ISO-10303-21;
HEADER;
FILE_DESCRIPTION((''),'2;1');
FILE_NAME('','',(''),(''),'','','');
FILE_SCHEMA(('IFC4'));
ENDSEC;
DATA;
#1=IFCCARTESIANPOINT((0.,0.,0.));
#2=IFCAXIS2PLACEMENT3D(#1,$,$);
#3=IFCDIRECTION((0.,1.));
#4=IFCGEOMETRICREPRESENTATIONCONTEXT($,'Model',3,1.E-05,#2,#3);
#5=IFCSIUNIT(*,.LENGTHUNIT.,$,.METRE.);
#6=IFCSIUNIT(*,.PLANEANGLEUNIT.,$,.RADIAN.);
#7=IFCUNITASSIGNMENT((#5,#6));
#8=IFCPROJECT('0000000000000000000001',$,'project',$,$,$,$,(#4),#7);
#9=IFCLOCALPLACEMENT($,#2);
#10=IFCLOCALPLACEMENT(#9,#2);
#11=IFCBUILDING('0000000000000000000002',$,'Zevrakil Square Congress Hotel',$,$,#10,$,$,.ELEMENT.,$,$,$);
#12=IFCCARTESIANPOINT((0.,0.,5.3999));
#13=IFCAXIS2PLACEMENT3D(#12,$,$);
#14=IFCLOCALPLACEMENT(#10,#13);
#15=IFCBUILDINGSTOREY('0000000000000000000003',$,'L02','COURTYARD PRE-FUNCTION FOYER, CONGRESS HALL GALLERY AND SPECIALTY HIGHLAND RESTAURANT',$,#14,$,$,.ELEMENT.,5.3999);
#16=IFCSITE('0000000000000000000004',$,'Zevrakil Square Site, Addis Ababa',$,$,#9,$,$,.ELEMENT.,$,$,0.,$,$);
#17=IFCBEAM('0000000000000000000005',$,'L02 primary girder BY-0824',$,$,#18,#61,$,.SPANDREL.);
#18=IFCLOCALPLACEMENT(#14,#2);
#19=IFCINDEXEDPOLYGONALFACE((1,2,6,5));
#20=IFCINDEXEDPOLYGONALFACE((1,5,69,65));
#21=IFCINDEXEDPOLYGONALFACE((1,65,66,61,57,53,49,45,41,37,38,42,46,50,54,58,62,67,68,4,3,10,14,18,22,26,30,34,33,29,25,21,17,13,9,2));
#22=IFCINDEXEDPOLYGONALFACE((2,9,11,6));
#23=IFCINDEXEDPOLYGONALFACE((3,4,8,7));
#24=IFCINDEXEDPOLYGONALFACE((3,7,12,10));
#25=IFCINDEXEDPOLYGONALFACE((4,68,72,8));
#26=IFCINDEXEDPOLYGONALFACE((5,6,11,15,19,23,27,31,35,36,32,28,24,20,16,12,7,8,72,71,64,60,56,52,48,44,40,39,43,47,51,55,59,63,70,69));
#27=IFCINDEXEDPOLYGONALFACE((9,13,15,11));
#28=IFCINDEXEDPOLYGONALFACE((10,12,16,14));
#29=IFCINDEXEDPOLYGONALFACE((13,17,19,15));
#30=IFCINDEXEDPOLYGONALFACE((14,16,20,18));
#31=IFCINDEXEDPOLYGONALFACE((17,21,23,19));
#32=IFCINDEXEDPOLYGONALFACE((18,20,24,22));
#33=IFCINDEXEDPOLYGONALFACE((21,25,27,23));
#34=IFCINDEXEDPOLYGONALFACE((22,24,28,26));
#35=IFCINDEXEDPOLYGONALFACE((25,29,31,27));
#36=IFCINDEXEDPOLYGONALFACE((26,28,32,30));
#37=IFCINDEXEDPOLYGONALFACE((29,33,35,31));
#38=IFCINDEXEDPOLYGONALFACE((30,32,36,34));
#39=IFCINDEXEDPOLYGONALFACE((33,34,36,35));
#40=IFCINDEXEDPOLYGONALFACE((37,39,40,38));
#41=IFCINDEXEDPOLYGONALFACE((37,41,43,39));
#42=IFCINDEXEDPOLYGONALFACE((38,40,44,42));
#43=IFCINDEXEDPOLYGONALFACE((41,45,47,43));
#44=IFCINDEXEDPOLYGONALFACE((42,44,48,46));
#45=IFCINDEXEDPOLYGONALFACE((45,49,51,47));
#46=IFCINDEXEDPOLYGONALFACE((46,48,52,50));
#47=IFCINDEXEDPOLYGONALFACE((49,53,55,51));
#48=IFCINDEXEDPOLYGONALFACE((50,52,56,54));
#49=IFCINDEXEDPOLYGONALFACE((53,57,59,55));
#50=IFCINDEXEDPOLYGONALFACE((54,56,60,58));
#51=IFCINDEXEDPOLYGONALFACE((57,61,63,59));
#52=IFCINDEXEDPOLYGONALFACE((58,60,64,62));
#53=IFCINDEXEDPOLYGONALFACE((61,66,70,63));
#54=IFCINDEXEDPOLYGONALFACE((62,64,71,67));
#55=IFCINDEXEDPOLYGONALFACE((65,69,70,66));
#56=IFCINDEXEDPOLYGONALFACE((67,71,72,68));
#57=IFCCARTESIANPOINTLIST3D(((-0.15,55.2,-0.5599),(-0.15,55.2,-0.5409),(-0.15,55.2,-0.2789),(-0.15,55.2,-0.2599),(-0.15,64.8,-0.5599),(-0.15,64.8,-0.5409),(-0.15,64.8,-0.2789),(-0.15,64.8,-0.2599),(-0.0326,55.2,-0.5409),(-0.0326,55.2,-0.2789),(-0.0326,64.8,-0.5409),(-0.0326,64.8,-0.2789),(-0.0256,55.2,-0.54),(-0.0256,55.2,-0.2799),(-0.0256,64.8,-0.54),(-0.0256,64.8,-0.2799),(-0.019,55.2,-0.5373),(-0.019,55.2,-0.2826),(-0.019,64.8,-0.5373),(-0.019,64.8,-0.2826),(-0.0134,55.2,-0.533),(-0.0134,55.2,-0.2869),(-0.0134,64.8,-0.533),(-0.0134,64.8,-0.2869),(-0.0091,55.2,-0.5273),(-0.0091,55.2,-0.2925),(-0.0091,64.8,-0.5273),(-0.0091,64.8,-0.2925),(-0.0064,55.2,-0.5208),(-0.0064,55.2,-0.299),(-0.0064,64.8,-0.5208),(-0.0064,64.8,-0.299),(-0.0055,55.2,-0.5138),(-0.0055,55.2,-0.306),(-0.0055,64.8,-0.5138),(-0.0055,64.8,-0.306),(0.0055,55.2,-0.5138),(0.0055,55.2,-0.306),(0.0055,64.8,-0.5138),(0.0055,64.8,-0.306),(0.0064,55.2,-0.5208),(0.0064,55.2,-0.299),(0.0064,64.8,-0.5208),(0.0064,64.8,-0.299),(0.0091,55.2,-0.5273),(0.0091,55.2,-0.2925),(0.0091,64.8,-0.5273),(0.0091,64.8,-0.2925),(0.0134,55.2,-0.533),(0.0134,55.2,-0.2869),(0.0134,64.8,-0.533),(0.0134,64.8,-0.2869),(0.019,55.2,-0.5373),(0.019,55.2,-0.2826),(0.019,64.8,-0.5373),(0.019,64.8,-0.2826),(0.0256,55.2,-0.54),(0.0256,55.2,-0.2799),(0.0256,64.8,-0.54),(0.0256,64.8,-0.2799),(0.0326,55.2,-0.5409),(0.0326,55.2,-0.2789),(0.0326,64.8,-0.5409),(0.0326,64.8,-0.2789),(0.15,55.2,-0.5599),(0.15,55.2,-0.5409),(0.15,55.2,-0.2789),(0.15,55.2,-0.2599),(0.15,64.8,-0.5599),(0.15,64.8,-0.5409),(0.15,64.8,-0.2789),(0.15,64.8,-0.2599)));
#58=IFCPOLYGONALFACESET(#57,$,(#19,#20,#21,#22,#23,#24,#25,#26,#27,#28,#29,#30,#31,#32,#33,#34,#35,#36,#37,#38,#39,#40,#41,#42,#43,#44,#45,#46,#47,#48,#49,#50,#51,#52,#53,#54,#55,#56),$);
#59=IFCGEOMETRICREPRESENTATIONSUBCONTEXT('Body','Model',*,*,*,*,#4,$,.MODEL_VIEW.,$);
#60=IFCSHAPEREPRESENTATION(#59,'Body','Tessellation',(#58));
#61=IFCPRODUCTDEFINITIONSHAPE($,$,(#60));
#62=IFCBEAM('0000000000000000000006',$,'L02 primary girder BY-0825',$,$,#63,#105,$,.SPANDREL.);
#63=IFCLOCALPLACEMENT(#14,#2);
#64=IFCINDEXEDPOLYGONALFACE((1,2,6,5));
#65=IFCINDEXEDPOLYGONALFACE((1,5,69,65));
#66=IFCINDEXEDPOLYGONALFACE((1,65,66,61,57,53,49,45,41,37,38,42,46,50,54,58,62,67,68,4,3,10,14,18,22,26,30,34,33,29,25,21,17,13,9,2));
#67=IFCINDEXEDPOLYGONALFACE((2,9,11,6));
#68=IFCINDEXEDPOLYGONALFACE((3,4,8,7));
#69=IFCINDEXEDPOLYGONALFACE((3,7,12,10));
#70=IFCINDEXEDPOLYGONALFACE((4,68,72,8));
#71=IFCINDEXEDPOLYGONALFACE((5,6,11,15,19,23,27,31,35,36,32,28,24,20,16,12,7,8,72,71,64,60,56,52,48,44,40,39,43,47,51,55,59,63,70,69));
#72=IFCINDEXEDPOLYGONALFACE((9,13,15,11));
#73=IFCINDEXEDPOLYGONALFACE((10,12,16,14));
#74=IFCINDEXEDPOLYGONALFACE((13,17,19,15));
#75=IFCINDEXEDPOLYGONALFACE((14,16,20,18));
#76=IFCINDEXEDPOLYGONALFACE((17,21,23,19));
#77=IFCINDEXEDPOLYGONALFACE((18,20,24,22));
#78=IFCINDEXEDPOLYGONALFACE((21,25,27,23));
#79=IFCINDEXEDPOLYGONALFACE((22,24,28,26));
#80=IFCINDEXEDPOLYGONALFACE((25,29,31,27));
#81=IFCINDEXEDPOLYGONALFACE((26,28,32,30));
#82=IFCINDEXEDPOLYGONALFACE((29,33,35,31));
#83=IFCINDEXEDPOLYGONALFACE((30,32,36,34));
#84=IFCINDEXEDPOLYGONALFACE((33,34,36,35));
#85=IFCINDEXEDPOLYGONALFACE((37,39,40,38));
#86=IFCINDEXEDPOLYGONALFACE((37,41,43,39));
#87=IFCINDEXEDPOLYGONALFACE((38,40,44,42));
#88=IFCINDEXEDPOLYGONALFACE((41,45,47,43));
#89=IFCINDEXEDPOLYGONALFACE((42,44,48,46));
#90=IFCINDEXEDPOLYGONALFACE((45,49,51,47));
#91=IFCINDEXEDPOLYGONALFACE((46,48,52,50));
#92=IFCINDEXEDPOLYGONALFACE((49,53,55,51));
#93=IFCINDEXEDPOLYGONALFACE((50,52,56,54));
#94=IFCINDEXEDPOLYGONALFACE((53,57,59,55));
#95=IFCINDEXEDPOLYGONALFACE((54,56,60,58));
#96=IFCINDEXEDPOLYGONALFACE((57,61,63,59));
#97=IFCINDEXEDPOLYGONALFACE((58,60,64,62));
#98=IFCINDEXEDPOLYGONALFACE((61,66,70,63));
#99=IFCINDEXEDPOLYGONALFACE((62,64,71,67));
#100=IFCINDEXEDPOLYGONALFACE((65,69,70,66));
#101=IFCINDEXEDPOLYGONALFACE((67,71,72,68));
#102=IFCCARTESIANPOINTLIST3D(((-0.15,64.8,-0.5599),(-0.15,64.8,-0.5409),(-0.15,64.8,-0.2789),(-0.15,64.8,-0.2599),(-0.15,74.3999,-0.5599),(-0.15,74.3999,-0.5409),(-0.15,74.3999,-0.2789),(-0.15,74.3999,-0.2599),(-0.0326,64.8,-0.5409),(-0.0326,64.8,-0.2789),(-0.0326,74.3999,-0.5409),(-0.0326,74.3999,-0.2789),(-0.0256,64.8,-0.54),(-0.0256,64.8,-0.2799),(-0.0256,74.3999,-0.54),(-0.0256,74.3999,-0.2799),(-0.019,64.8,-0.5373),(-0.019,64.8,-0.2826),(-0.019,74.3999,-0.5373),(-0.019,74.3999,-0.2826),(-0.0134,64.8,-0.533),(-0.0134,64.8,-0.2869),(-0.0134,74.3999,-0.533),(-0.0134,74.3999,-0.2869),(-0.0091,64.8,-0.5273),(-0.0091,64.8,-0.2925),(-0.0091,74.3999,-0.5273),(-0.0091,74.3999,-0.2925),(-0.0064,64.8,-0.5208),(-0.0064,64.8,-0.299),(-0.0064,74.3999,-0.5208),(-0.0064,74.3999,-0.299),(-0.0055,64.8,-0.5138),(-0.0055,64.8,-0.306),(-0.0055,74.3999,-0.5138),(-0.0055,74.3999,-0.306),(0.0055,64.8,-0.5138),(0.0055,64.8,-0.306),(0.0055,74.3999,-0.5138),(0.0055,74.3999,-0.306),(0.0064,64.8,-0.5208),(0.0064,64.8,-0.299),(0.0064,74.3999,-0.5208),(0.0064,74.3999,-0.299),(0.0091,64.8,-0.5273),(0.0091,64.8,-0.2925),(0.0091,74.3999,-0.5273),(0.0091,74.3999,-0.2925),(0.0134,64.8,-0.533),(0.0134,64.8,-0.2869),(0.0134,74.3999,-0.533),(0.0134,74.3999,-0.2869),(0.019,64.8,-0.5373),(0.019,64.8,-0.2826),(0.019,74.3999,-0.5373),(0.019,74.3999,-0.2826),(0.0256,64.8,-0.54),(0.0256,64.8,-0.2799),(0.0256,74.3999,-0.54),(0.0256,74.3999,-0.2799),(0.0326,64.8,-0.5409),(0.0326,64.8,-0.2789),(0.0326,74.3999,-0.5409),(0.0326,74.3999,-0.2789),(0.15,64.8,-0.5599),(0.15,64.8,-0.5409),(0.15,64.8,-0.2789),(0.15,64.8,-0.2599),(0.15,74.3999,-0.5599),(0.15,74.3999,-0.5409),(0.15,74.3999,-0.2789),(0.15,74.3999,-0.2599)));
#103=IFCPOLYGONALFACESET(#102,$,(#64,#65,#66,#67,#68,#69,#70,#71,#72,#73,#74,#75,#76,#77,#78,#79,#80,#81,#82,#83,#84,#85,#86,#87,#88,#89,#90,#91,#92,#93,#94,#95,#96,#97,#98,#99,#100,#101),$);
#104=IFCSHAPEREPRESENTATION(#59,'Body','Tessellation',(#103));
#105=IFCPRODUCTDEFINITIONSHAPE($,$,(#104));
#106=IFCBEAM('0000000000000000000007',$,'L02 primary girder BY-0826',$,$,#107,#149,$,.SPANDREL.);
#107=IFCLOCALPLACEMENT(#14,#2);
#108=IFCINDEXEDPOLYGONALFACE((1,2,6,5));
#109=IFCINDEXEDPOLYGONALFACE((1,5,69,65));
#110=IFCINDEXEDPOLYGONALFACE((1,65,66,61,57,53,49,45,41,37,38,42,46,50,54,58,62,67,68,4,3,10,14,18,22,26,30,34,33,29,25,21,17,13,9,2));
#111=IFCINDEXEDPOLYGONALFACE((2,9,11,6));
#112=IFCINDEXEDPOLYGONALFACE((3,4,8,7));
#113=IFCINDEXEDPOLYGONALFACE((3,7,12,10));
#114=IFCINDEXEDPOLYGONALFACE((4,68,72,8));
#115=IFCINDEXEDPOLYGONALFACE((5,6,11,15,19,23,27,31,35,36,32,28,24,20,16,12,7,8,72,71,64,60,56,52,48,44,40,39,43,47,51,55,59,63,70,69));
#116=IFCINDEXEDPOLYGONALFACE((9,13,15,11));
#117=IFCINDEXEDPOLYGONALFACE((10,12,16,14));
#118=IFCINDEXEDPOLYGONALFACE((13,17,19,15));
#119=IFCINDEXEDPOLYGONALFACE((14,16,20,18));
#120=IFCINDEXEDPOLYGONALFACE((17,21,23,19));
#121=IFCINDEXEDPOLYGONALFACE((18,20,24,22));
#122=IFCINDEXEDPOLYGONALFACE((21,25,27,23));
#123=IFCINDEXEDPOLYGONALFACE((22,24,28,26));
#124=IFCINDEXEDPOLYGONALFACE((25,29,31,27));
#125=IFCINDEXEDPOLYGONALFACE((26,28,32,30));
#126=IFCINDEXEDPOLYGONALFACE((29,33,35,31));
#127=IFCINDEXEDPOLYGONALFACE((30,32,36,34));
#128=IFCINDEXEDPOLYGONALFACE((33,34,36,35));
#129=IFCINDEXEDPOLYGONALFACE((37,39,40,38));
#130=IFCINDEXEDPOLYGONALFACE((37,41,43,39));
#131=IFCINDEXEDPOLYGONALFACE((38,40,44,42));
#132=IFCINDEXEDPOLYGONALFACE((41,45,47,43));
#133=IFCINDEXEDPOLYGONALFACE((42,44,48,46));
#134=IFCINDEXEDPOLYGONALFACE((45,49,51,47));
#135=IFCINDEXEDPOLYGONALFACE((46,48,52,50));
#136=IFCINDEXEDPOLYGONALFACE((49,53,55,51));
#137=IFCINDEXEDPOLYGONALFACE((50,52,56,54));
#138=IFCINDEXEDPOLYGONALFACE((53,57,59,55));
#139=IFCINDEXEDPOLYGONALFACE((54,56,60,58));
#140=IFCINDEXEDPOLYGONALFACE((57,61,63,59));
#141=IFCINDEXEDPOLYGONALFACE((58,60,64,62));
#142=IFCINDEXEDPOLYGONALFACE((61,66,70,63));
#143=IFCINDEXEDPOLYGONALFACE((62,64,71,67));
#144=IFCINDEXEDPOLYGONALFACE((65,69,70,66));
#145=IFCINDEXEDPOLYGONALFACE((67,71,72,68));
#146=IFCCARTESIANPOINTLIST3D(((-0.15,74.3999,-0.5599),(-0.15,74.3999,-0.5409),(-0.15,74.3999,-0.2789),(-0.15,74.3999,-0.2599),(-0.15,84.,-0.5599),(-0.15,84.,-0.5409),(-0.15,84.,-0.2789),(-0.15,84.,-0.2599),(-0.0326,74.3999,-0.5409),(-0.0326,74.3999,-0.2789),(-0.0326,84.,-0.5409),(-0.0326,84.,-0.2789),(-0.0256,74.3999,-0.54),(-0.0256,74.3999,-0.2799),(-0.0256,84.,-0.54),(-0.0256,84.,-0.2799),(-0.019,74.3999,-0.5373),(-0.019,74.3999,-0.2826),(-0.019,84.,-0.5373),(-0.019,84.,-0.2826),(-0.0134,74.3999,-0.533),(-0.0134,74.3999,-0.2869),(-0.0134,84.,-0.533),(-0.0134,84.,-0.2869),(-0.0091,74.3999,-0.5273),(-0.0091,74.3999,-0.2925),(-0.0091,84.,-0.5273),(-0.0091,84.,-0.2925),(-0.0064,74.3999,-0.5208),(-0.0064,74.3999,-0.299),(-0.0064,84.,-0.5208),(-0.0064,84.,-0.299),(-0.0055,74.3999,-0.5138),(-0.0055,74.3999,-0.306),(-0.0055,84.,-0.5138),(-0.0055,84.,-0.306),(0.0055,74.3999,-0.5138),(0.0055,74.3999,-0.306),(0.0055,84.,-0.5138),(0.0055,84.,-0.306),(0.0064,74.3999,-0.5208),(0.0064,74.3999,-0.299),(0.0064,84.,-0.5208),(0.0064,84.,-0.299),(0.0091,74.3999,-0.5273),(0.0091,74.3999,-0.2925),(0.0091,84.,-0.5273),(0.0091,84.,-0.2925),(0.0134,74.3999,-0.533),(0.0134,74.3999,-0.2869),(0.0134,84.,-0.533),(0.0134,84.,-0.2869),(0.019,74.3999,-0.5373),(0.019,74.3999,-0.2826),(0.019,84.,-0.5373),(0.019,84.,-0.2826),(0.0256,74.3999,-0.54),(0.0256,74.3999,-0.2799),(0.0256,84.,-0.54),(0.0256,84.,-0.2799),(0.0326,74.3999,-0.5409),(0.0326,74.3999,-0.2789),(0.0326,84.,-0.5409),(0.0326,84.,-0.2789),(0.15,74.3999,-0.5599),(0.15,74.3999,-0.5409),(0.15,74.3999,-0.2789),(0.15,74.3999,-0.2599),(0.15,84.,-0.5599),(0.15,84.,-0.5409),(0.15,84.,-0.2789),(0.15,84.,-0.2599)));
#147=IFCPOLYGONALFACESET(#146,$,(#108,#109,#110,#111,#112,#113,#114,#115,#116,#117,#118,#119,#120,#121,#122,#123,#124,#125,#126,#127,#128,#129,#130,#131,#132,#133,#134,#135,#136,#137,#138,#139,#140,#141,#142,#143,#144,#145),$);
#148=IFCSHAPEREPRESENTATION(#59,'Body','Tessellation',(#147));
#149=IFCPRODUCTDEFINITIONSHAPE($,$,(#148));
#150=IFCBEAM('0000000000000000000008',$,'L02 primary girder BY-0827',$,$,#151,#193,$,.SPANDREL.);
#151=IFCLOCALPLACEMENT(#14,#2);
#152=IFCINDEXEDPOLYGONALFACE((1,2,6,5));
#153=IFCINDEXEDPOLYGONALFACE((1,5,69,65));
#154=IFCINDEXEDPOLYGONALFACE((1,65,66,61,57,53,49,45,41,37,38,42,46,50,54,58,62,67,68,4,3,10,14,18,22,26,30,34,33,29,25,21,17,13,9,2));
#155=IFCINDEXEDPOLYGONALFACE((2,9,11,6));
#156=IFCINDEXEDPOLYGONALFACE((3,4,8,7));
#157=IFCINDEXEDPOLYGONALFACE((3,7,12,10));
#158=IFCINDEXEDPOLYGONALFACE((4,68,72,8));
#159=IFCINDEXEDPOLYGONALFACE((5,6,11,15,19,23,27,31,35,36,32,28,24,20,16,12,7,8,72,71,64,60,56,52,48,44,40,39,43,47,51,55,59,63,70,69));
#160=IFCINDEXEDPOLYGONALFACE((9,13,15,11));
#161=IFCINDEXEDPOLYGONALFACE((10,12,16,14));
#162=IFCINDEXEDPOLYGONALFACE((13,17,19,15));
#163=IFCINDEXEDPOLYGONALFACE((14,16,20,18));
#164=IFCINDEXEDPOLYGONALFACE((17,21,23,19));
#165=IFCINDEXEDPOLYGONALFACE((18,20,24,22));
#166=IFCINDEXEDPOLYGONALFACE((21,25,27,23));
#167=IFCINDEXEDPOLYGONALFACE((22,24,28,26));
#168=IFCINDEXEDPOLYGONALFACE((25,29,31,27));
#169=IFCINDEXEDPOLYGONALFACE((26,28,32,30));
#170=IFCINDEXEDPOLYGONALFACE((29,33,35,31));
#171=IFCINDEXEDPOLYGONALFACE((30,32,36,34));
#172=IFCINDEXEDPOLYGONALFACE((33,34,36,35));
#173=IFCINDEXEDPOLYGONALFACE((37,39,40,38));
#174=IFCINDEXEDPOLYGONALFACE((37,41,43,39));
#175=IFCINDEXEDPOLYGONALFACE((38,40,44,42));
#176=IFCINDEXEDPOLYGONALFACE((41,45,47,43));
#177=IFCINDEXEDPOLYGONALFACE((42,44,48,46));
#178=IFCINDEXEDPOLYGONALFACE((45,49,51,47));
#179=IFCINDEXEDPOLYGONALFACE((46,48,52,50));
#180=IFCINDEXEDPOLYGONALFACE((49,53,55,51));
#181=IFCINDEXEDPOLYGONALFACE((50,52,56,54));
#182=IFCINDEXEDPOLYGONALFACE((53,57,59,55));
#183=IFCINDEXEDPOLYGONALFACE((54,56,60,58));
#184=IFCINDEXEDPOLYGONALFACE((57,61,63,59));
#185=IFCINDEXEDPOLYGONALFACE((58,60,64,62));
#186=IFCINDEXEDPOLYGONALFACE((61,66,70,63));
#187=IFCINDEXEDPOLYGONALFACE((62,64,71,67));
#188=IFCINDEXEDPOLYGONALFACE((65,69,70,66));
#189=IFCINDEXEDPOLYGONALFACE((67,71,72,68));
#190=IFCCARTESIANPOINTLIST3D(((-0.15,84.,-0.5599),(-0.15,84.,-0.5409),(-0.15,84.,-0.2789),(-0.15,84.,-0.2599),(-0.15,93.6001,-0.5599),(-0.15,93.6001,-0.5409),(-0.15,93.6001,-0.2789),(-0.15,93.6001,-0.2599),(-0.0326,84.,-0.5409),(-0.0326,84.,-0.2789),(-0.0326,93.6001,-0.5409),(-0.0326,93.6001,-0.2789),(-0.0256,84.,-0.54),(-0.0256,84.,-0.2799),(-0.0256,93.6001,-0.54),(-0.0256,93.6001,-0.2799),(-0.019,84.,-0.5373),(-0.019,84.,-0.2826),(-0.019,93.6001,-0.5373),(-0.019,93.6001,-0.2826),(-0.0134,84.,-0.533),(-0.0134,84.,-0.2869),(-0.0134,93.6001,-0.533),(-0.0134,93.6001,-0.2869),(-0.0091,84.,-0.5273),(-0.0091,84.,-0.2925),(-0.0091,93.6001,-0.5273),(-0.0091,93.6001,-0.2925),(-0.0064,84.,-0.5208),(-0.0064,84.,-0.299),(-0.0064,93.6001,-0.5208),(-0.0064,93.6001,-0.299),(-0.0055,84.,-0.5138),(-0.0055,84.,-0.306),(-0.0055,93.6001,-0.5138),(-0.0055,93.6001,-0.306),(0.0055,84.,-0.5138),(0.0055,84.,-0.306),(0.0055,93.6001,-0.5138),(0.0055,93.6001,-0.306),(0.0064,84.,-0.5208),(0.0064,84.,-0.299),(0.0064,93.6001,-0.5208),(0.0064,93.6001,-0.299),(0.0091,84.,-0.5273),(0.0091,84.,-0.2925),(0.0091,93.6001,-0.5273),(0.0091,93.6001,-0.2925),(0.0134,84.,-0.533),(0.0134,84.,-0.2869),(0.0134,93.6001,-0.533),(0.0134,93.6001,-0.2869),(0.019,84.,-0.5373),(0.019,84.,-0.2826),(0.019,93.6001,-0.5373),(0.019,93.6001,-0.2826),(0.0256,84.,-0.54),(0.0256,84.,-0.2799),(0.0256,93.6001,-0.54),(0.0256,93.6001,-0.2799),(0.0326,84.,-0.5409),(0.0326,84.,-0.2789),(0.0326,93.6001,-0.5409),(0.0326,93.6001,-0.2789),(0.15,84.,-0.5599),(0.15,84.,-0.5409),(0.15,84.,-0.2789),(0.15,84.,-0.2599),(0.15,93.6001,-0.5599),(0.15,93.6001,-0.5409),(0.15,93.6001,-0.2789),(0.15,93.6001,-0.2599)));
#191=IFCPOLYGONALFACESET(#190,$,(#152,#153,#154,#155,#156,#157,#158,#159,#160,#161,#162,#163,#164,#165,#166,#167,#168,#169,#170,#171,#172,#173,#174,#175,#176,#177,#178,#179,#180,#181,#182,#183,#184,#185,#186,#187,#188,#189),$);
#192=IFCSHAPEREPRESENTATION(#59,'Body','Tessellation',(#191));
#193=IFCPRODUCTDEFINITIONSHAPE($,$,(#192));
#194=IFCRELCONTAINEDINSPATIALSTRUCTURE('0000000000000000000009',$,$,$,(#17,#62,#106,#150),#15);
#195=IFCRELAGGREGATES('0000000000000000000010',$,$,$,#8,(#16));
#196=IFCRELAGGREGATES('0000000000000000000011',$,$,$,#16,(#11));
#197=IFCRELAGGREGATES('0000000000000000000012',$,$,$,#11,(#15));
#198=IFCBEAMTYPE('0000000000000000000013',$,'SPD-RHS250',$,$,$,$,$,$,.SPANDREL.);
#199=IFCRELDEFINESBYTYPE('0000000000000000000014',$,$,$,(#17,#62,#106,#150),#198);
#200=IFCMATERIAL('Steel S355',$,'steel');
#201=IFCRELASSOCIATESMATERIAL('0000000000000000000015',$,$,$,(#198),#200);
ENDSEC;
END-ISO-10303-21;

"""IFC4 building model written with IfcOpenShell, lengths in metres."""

from ifc_helpers import new_model, si_unit, direction, frame, origin, origin_2d, place, context, subcontext, project, spatial, i_section, extrude, material, material_profile, profile_set, type_object, element, save


model = new_model("IFC4")

# Units and contexts
model_context = context("Model", 3, precision=1e-05, world=origin(), true_north=direction((0.0, 1.0)))
body_context = subcontext(model_context, "Body", "Model", "MODEL_VIEW")
ifc_project = project(units=[si_unit("LENGTHUNIT", "METRE"), si_unit("PLANEANGLEUNIT", "RADIAN")], contexts=[model_context])

# Site, building, storey
site_placement = place(None, origin())
site = spatial("IfcSite", under=ifc_project, at=site_placement, Name="Zevrakil Square Site, Addis Ababa", CompositionType="ELEMENT", RefElevation=0.0)
building_placement = place(site_placement, origin())
building = spatial("IfcBuilding", under=site, at=building_placement, Name="Zevrakil Square Congress Hotel", CompositionType="ELEMENT")
storey_placement = place(building_placement, frame((0.0, 0.0, 5.3999)))
storey = spatial("IfcBuildingStorey", under=building, at=storey_placement, Name="L02", Description="COURTYARD PRE-FUNCTION FOYER, CONGRESS HALL GALLERY AND SPECIALTY HIGHLAND RESTAURANT", CompositionType="ELEMENT", Elevation=5.3999)

# Beams
ifc_material_1 = material(Name="Steel S355", Category="steel")
ifc_material_profile_1 = material_profile(ifc_material_1, i_section(OverallWidth=0.3, OverallDepth=0.3, WebThickness=0.011, FlangeThickness=0.019, FilletRadius=0.0271, at=origin_2d()), Name="HEB 300")
ifc_profile_set_1 = profile_set([ifc_material_profile_1], Name="Steel S355")
beam_type_1 = type_object("IfcBeamType", Name="SPD-RHS250", PredefinedType="SPANDREL", material=ifc_profile_set_1)
beam_1_placement = place(storey_placement, frame((0.0, 55.2, -0.4099), z_axis=(0.0, 1.0, 0.0), x_axis=(-1.0, 0.0, 0.0)))
element("IfcBeam", 1, at=beam_1_placement, inside=storey, type_object=beam_type_1, Name="L02 primary girder BY-0824", PredefinedType="SPANDREL", context=body_context, shape_type="SweptSolid", body=[
    extrude(i_section(OverallWidth=0.3, OverallDepth=0.3, WebThickness=0.011, FlangeThickness=0.019, FilletRadius=0.0271, at=origin_2d()), origin(), (0.0, 0.0, 1.0), 9.6001),
])
beam_2_placement = place(storey_placement, frame((0.0, 64.8, -0.4099), z_axis=(0.0, 1.0, 0.0), x_axis=(-1.0, 0.0, 0.0)))
element("IfcBeam", 2, at=beam_2_placement, inside=storey, type_object=beam_type_1, Name="L02 primary girder BY-0825", PredefinedType="SPANDREL", context=body_context, shape_type="SweptSolid", body=[
    extrude(i_section(OverallWidth=0.3, OverallDepth=0.3, WebThickness=0.011, FlangeThickness=0.019, FilletRadius=0.0271, at=origin_2d()), origin(), (0.0, 0.0, 1.0), 9.5999),
])
for number, where, z_axis, x_axis, name in (
    (3, (0.0, 74.3999, -0.4099), (0.0, 1.0, 0.0), (-1.0, 0.0, 0.0), "L02 primary girder BY-0826"),
    (4, (0.0, 84.0, -0.4099), (0.0, 1.0, 0.0), (-1.0, 0.0, 0.0), "L02 primary girder BY-0827"),
):
    element("IfcBeam", number, at=place(storey_placement, frame(where, z_axis=z_axis, x_axis=x_axis)), inside=storey, type_object=beam_type_1, Name=name, PredefinedType="SPANDREL", context=body_context, shape_type="SweptSolid", body=[
        extrude(i_section(OverallWidth=0.3, OverallDepth=0.3, WebThickness=0.011, FlangeThickness=0.019, FilletRadius=0.0271, at=origin_2d()), origin(), (0.0, 0.0, 1.0), 9.6001),
    ])

save(model, "model.ifc")
